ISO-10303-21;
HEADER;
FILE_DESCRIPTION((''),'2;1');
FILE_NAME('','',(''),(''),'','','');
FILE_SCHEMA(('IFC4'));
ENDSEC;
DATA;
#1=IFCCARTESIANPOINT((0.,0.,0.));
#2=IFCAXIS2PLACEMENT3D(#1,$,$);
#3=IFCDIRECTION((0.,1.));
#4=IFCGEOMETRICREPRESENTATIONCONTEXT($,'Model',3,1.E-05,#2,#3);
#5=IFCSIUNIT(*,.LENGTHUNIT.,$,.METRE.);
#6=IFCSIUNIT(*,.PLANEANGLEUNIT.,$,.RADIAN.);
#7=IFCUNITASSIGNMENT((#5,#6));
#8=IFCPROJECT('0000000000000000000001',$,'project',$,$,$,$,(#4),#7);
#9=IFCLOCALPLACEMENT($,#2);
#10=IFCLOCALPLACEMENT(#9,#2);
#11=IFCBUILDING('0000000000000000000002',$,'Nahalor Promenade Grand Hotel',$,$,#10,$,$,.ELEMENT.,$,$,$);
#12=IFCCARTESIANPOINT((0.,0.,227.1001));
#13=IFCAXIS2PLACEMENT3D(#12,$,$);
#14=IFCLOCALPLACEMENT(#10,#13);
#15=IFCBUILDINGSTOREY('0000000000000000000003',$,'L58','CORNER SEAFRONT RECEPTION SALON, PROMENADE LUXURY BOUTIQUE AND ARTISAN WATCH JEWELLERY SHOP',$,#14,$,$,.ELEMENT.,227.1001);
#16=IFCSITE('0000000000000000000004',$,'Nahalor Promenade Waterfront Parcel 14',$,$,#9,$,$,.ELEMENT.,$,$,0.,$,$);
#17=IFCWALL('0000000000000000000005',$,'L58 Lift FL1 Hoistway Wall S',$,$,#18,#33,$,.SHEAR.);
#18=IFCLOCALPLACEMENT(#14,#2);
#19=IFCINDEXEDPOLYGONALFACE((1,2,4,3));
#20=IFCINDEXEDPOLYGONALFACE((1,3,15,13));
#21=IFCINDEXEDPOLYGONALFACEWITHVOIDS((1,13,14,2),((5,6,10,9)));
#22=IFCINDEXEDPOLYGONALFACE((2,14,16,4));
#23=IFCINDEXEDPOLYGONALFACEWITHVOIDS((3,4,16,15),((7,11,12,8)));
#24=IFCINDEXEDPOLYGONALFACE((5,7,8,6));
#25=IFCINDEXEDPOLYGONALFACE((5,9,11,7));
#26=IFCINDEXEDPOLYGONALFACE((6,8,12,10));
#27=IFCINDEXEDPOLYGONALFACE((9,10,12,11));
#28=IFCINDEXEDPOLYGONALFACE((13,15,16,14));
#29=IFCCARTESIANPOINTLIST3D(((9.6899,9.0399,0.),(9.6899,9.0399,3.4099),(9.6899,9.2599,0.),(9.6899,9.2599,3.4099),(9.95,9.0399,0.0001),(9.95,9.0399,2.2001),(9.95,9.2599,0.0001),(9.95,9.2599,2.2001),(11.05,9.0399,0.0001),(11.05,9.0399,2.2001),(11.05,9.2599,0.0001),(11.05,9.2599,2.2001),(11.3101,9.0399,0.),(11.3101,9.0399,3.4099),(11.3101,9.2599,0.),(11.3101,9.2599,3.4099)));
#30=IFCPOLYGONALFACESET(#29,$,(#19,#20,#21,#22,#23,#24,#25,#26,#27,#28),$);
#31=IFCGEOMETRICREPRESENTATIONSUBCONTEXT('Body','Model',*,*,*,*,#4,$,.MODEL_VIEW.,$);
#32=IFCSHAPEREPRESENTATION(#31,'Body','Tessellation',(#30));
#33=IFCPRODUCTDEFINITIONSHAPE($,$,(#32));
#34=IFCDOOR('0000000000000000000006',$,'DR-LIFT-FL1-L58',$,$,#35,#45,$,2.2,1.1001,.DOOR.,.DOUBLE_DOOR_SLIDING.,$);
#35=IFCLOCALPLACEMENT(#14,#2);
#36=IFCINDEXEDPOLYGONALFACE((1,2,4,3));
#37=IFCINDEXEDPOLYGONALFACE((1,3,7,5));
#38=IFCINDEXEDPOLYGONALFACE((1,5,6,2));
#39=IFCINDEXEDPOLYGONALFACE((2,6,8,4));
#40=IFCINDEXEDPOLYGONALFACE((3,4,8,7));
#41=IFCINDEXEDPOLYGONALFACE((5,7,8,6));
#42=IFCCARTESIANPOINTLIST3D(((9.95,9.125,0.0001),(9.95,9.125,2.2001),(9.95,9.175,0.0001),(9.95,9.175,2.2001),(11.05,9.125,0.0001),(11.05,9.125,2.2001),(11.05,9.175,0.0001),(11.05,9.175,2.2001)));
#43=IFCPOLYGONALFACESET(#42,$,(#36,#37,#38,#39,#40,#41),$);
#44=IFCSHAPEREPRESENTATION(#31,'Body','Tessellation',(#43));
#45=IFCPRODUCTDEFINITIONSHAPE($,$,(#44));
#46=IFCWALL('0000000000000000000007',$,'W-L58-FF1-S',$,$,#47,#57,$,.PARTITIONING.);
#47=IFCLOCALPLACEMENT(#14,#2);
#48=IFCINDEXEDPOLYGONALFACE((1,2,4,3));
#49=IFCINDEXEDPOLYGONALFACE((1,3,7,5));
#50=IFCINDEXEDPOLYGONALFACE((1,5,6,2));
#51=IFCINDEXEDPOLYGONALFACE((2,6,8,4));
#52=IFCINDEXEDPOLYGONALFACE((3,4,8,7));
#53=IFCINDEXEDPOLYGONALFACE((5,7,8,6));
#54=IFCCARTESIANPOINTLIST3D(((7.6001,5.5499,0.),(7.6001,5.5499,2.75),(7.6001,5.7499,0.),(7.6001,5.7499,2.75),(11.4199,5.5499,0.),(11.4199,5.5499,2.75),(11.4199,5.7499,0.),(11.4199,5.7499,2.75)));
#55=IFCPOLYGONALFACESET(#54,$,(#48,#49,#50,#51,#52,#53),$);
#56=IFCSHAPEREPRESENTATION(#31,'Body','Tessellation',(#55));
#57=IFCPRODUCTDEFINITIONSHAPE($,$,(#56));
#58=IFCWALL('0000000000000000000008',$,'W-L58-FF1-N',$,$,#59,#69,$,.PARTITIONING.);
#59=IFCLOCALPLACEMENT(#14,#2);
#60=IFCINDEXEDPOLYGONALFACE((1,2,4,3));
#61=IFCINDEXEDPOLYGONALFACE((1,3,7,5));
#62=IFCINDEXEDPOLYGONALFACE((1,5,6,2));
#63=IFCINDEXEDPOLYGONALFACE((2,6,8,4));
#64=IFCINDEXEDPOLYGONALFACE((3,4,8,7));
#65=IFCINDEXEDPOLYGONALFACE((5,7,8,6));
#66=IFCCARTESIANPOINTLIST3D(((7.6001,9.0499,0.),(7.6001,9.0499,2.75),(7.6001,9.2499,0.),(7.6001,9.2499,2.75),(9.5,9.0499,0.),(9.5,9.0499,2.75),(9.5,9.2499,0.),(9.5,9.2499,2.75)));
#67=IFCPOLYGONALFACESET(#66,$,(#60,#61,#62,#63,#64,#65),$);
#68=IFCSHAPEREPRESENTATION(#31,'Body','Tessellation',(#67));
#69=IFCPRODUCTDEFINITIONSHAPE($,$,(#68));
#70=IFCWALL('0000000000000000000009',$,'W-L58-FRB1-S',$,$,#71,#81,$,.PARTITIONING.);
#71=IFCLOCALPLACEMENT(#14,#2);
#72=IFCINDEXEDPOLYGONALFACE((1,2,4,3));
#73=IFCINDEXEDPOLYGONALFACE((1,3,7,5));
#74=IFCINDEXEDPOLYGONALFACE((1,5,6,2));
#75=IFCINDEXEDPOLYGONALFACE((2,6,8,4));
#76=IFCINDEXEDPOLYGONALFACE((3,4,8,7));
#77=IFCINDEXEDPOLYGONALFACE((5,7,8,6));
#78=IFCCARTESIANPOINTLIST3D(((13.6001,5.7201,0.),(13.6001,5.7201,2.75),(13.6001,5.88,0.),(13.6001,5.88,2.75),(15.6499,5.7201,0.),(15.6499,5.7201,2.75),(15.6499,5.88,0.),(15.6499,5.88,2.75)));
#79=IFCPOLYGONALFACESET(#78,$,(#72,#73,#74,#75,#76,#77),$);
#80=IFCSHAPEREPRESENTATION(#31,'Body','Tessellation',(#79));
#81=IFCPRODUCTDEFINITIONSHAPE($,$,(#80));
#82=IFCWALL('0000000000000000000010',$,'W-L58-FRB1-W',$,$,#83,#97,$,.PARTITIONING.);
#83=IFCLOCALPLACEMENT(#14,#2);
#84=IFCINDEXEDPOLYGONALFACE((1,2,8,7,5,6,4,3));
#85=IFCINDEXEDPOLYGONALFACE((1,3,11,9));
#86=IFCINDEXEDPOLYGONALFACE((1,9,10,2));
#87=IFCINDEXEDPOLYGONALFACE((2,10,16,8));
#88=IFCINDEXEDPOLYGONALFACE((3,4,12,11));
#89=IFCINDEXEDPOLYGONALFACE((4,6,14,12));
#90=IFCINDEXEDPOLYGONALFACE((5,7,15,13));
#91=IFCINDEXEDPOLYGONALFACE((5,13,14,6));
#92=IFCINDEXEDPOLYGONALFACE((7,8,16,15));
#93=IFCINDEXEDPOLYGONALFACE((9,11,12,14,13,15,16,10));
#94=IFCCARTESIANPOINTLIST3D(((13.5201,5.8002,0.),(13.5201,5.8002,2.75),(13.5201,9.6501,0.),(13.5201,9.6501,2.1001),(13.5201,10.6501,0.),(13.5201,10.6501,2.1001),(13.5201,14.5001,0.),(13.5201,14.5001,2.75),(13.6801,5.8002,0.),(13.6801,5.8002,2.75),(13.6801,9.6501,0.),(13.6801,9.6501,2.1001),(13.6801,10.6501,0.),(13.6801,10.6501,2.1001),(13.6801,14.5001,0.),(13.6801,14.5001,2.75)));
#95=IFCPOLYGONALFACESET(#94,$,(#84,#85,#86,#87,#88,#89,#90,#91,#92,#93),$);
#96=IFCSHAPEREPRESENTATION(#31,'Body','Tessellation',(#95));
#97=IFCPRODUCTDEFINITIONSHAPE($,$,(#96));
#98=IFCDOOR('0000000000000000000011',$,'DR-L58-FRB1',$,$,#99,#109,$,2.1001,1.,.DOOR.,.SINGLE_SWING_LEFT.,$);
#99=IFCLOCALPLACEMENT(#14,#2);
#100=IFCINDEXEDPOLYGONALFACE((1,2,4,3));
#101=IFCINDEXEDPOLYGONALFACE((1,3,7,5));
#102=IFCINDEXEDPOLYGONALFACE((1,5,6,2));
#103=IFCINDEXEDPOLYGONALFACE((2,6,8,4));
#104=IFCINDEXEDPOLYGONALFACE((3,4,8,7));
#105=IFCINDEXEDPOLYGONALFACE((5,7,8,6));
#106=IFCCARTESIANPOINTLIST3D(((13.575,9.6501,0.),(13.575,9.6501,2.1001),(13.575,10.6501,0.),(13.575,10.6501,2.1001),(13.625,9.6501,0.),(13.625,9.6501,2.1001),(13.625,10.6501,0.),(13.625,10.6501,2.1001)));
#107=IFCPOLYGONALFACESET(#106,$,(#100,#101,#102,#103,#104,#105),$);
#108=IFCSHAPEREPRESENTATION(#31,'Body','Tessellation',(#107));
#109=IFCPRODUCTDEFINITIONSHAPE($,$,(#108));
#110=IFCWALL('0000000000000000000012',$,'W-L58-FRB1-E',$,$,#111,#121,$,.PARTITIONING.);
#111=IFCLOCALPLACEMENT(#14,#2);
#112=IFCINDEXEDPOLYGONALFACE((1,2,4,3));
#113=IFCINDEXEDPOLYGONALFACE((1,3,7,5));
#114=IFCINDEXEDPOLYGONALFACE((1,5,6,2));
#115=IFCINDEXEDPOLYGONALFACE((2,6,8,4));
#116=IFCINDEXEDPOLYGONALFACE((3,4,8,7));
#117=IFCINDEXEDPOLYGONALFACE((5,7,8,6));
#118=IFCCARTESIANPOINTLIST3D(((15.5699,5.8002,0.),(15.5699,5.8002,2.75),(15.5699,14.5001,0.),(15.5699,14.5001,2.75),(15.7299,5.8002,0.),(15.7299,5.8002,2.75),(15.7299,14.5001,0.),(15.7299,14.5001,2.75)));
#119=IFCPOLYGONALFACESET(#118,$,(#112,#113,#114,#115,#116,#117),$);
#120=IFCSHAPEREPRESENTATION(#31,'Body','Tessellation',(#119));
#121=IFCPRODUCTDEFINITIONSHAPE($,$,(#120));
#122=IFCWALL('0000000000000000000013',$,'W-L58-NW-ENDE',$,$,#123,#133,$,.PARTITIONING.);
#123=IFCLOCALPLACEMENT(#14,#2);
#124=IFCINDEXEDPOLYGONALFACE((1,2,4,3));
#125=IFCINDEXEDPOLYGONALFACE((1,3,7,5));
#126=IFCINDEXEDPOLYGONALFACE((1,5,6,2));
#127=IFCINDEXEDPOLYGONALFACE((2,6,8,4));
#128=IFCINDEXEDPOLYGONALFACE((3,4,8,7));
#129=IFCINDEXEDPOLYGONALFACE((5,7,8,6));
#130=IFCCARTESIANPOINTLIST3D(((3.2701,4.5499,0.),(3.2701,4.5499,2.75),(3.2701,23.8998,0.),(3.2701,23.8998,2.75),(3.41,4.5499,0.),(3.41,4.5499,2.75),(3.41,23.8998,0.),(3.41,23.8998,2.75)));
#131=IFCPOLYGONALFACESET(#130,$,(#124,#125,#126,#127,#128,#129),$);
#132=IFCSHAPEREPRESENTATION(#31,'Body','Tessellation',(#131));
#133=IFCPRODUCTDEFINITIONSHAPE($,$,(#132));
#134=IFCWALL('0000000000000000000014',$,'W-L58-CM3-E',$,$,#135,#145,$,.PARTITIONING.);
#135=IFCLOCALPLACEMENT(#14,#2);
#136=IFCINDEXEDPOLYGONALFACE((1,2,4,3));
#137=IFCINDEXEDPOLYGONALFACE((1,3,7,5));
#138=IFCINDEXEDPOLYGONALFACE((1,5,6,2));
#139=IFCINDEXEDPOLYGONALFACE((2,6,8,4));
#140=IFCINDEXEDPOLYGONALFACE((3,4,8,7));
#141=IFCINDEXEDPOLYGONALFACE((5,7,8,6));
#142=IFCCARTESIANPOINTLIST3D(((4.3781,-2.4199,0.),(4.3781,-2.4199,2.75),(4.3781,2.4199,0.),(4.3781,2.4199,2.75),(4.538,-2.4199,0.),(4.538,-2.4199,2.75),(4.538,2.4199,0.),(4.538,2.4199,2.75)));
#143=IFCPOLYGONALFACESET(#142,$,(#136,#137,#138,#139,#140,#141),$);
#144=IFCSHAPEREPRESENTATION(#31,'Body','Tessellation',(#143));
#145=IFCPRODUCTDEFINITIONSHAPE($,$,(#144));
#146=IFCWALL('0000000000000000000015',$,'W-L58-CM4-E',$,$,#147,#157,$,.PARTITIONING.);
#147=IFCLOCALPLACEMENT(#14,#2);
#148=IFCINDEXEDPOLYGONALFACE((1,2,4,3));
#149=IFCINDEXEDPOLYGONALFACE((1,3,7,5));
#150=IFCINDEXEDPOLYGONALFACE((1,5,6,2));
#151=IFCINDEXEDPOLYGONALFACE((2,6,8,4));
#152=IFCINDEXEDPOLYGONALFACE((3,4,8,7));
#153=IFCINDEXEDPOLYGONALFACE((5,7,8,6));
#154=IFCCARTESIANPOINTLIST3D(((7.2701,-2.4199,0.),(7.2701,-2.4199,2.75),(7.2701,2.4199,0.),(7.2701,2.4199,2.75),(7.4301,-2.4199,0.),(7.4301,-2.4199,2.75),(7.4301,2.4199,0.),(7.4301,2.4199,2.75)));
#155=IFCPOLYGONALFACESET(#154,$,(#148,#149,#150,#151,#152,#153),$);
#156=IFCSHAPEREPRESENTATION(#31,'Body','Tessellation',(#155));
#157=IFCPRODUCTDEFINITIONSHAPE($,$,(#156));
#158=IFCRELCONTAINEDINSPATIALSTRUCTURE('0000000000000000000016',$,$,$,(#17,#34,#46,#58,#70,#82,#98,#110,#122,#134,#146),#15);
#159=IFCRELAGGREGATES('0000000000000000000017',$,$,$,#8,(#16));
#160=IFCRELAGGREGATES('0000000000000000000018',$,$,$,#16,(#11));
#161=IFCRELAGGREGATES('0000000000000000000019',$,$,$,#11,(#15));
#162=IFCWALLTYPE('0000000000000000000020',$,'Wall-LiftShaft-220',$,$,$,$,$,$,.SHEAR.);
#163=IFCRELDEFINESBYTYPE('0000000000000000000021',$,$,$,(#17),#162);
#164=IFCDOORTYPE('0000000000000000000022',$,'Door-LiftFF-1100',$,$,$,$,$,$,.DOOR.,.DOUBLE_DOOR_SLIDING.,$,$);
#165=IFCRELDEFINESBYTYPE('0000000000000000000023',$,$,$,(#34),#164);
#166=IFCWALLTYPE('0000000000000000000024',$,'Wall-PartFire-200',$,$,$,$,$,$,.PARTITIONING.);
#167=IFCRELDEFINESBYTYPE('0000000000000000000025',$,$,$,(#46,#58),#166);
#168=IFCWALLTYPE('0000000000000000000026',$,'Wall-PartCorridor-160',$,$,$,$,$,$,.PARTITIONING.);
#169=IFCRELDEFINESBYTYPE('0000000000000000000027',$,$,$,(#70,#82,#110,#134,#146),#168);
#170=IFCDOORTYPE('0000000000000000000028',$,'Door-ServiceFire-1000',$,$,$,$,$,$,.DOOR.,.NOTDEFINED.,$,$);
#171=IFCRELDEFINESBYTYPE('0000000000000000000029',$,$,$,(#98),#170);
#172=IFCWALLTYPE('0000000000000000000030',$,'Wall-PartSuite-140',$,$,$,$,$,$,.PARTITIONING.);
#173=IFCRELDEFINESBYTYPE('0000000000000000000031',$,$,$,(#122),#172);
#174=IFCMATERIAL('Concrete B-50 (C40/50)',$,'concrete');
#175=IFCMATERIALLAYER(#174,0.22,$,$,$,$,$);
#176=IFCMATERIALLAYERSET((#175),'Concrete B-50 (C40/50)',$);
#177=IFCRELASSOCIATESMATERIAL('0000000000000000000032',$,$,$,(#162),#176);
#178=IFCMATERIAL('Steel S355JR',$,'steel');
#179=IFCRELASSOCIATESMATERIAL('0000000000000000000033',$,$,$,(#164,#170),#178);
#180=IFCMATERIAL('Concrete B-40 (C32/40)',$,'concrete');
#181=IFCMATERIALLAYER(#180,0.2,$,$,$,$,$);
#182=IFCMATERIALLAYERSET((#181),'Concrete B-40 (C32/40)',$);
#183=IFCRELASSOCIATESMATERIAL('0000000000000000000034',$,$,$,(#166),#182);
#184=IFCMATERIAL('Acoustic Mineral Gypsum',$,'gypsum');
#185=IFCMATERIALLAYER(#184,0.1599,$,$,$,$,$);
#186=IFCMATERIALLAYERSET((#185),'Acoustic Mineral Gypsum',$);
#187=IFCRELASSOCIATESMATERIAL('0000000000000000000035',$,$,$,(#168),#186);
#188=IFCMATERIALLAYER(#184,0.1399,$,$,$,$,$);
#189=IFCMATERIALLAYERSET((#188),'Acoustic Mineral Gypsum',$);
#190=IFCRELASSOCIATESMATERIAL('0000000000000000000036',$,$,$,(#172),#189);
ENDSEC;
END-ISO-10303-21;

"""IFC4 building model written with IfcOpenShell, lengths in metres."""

from ifc_helpers import new_model, si_unit, direction, frame, frame_2d, origin, place, context, subcontext, project, spatial, rectangle, extrude, source, transform, mapped, material, layer, layer_set, type_object, element, fill, save


model = new_model("IFC4")

# Units and contexts
model_context = context("Model", 3, precision=1e-05, world=origin(), true_north=direction((0.0, 1.0)))
body_context = subcontext(model_context, "Body", "Model", "MODEL_VIEW")
ifc_project = project(units=[si_unit("LENGTHUNIT", "METRE"), si_unit("PLANEANGLEUNIT", "RADIAN")], contexts=[model_context])

# Site, building, storey
site_placement = place(None, origin())
site = spatial("IfcSite", under=ifc_project, at=site_placement, Name="Nahalor Promenade Waterfront Parcel 14", CompositionType="ELEMENT", RefElevation=0.0)
building_placement = place(site_placement, origin())
building = spatial("IfcBuilding", under=site, at=building_placement, Name="Nahalor Promenade Grand Hotel", CompositionType="ELEMENT")
storey_placement = place(building_placement, frame((0.0, 0.0, 227.1001)))
storey = spatial("IfcBuildingStorey", under=building, at=storey_placement, Name="L58", Description="CORNER SEAFRONT RECEPTION SALON, PROMENADE LUXURY BOUTIQUE AND ARTISAN WATCH JEWELLERY SHOP", CompositionType="ELEMENT", Elevation=227.1001)

# Shared definitions
ifc_material_1 = material(Name="Steel S355JR", Category="steel")

# Shared definitions
ifc_material_2 = material(Name="Concrete B-50 (C40/50)", Category="concrete")

# Shared definitions
ifc_layer_1 = layer(ifc_material_2, 0.22)
ifc_layer_set_1 = layer_set([ifc_layer_1], Name="Concrete B-50 (C40/50)")
wall_type_1 = type_object("IfcWallType", Name="Wall-LiftShaft-220", PredefinedType="SHEAR", material=ifc_layer_set_1)

# Wall, opening, door
shared_shape_1 = source(origin(), body_context, "Body", "SweptSolid", [
    extrude(rectangle(XDim=1.6201, YDim=0.22, at=frame_2d((0.8101, 0.0))), origin(), (0.0, 0.0, 1.0), 3.4099),
])
wall_1_placement = place(storey_placement, frame((9.6899, 9.1499, 0.0), z_axis=(0.0, 0.0, 1.0), x_axis=(1.0, 0.0, 0.0)))
wall_1 = element("IfcWall", 1, at=wall_1_placement, inside=storey, type_object=wall_type_1, Name="L58 Lift FL1 Hoistway Wall S", PredefinedType="SHEAR", context=body_context, shape_type="MappedRepresentation", body=[
    mapped(shared_shape_1, transform((0.0, 0.0, 0.0), scale=1.0)),
])
opening_1_placement = place(wall_1_placement, frame((0.26, 0.0, 0.0)))
opening_1 = element("IfcOpeningElement", 2, at=opening_1_placement, cuts=wall_1, PredefinedType="OPENING", context=body_context, shape_type="SweptSolid", body=[
    extrude(rectangle(XDim=1.1001, YDim=2.2, at=frame_2d((0.55, 1.1001))), frame((0.0, 0.1199, 0.0), z_axis=(0.0, -1.0, 0.0), x_axis=(1.0, 0.0, 0.0)), (0.0, 0.0, 1.0), 0.24),
])
door_type_1 = type_object("IfcDoorType", Name="Door-LiftFF-1100", OperationType="DOUBLE_DOOR_SLIDING", PredefinedType="DOOR", material=ifc_material_1)
shared_shape_2 = source(origin(), body_context, "Body", "SweptSolid", [
    extrude(rectangle(XDim=1.1001, YDim=2.2, at=frame_2d((0.55, 1.1001))), frame((0.0, 0.0249, 0.0), z_axis=(0.0, -1.0, 0.0), x_axis=(1.0, 0.0, 0.0)), (0.0, 0.0, 1.0), 0.05),
])
door_1_placement = place(opening_1_placement, frame((1.1001, 0.0, 0.0), z_axis=(0.0, 0.0, 1.0), x_axis=(-1.0, 0.0, 0.0)))
door_1 = element("IfcDoor", 3, at=door_1_placement, inside=storey, type_object=door_type_1, Name="DR-LIFT-FL1-L58", OperationType="DOUBLE_DOOR_SLIDING", OverallHeight=2.2, OverallWidth=1.1001, PredefinedType="DOOR", context=body_context, shape_type="MappedRepresentation", body=[
    mapped(shared_shape_2, transform((0.0, 0.0, 0.0), scale=1.0)),
])
fill(opening_1, door_1)

# Walls
ifc_material_3 = material(Name="Concrete B-40 (C32/40)", Category="concrete")
ifc_layer_2 = layer(ifc_material_3, 0.2)
ifc_layer_set_2 = layer_set([ifc_layer_2], Name="Concrete B-40 (C32/40)")
wall_type_2 = type_object("IfcWallType", Name="Wall-PartFire-200", PredefinedType="PARTITIONING", material=ifc_layer_set_2)
shared_shape_3 = source(origin(), body_context, "Body", "SweptSolid", [
    extrude(rectangle(XDim=3.8198, YDim=0.2, at=frame_2d((1.9099, 0.0))), origin(), (0.0, 0.0, 1.0), 2.75),
])
wall_2_placement = place(storey_placement, frame((7.6001, 5.6499, 0.0), z_axis=(0.0, 0.0, 1.0), x_axis=(1.0, 0.0, 0.0)))
element("IfcWall", 4, at=wall_2_placement, inside=storey, type_object=wall_type_2, Name="W-L58-FF1-S", PredefinedType="PARTITIONING", context=body_context, shape_type="MappedRepresentation", body=[
    mapped(shared_shape_3, transform((0.0, 0.0, 0.0), scale=1.0)),
])
shared_shape_4 = source(origin(), body_context, "Body", "SweptSolid", [
    extrude(rectangle(XDim=1.8999, YDim=0.2, at=frame_2d((0.95, 0.0))), origin(), (0.0, 0.0, 1.0), 2.75),
])
wall_3_placement = place(storey_placement, frame((7.6001, 9.1499, 0.0), z_axis=(0.0, 0.0, 1.0), x_axis=(1.0, 0.0, 0.0)))
element("IfcWall", 5, at=wall_3_placement, inside=storey, type_object=wall_type_2, Name="W-L58-FF1-N", PredefinedType="PARTITIONING", context=body_context, shape_type="MappedRepresentation", body=[
    mapped(shared_shape_4, transform((0.0, 0.0, 0.0), scale=1.0)),
])

# Wall
ifc_material_4 = material(Name="Acoustic Mineral Gypsum", Category="gypsum")
ifc_layer_3 = layer(ifc_material_4, 0.1599)
ifc_layer_set_3 = layer_set([ifc_layer_3], Name="Acoustic Mineral Gypsum")
wall_type_3 = type_object("IfcWallType", Name="Wall-PartCorridor-160", PredefinedType="PARTITIONING", material=ifc_layer_set_3)
shared_shape_5 = source(origin(), body_context, "Body", "SweptSolid", [
    extrude(rectangle(XDim=2.0498, YDim=0.1599, at=frame_2d((1.0249, 0.0))), origin(), (0.0, 0.0, 1.0), 2.75),
])
wall_4_placement = place(storey_placement, frame((13.6001, 5.8, 0.0), z_axis=(0.0, 0.0, 1.0), x_axis=(1.0, 0.0, 0.0)))
element("IfcWall", 6, at=wall_4_placement, inside=storey, type_object=wall_type_3, Name="W-L58-FRB1-S", PredefinedType="PARTITIONING", context=body_context, shape_type="MappedRepresentation", body=[
    mapped(shared_shape_5, transform((0.0, 0.0, 0.0), scale=1.0)),
])

# Wall, opening, door
shared_shape_6 = source(origin(), body_context, "Body", "SweptSolid", [
    extrude(rectangle(XDim=8.7, YDim=0.1599, at=frame_2d((4.3501, 0.0))), origin(), (0.0, 0.0, 1.0), 2.75),
])
wall_5_placement = place(storey_placement, frame((13.6001, 5.8, 0.0), z_axis=(0.0, 0.0, 1.0), x_axis=(0.0, 1.0, 0.0)))
wall_5 = element("IfcWall", 7, at=wall_5_placement, inside=storey, type_object=wall_type_3, Name="W-L58-FRB1-W", PredefinedType="PARTITIONING", context=body_context, shape_type="MappedRepresentation", body=[
    mapped(shared_shape_6, transform((0.0, 0.0, 0.0), scale=1.0)),
])
opening_2_placement = place(wall_5_placement, frame((3.8501, 0.0, 0.0)))
opening_2 = element("IfcOpeningElement", 8, at=opening_2_placement, cuts=wall_5, PredefinedType="OPENING", context=body_context, shape_type="SweptSolid", body=[
    extrude(rectangle(XDim=1.0, YDim=2.1001, at=frame_2d((0.5, 1.05))), frame((0.0, 0.0898, 0.0), z_axis=(0.0, -1.0, 0.0), x_axis=(1.0, 0.0, 0.0)), (0.0, 0.0, 1.0), 0.1799),
])
door_type_2 = type_object("IfcDoorType", Name="Door-ServiceFire-1000", OperationType="NOTDEFINED", PredefinedType="DOOR", material=ifc_material_1)
shared_shape_7 = source(origin(), body_context, "Body", "SweptSolid", [
    extrude(rectangle(XDim=1.0, YDim=2.1001, at=frame_2d((0.5, 1.05))), frame((0.0, 0.0249, 0.0), z_axis=(0.0, -1.0, 0.0), x_axis=(1.0, 0.0, 0.0)), (0.0, 0.0, 1.0), 0.05),
])
door_2_placement = place(opening_2_placement, frame((1.0, 0.0, 0.0), z_axis=(0.0, 0.0, 1.0), x_axis=(-1.0, 0.0, 0.0)))
door_2 = element("IfcDoor", 9, at=door_2_placement, inside=storey, type_object=door_type_2, Name="DR-L58-FRB1", OperationType="SINGLE_SWING_LEFT", OverallHeight=2.1001, OverallWidth=1.0, PredefinedType="DOOR", context=body_context, shape_type="MappedRepresentation", body=[
    mapped(shared_shape_7, transform((0.0, 0.0, 0.0), scale=1.0)),
])
fill(opening_2, door_2)

# Walls
wall_6_placement = place(storey_placement, frame((15.6499, 5.8, 0.0), z_axis=(0.0, 0.0, 1.0), x_axis=(0.0, 1.0, 0.0)))
element("IfcWall", 10, at=wall_6_placement, inside=storey, type_object=wall_type_3, Name="W-L58-FRB1-E", PredefinedType="PARTITIONING", context=body_context, shape_type="MappedRepresentation", body=[
    mapped(shared_shape_6, transform((0.0, 0.0, 0.0), scale=1.0)),
])
ifc_layer_4 = layer(ifc_material_4, 0.1399)
ifc_layer_set_4 = layer_set([ifc_layer_4], Name="Acoustic Mineral Gypsum")
wall_type_4 = type_object("IfcWallType", Name="Wall-PartSuite-140", PredefinedType="PARTITIONING", material=ifc_layer_set_4)
shared_shape_8 = source(origin(), body_context, "Body", "SweptSolid", [
    extrude(rectangle(XDim=19.3499, YDim=0.1399, at=frame_2d((9.6748, 0.0))), origin(), (0.0, 0.0, 1.0), 2.75),
])
wall_7_placement = place(storey_placement, frame((3.3401, 4.55, 0.0), z_axis=(0.0, 0.0, 1.0), x_axis=(0.0, 1.0, 0.0)))
element("IfcWall", 11, at=wall_7_placement, inside=storey, type_object=wall_type_4, Name="W-L58-NW-ENDE", PredefinedType="PARTITIONING", context=body_context, shape_type="MappedRepresentation", body=[
    mapped(shared_shape_8, transform((0.0, 0.0, 0.0), scale=1.0)),
])
shared_shape_9 = source(origin(), body_context, "Body", "SweptSolid", [
    extrude(rectangle(XDim=4.8398, YDim=0.1599, at=frame_2d((2.4199, 0.0))), origin(), (0.0, 0.0, 1.0), 2.75),
])
for number, where, z_axis, x_axis, name in (
    (12, (4.458, -2.4199, 0.0), (0.0, 0.0, 1.0), (0.0, 1.0, 0.0), "W-L58-CM3-E"),
    (13, (7.3501, -2.4199, 0.0), (0.0, 0.0, 1.0), (0.0, 1.0, 0.0), "W-L58-CM4-E"),
):
    element("IfcWall", number, at=place(storey_placement, frame(where, z_axis=z_axis, x_axis=x_axis)), inside=storey, type_object=wall_type_3, Name=name, PredefinedType="PARTITIONING", context=body_context, shape_type="MappedRepresentation", body=[
        mapped(shared_shape_9, transform((0.0, 0.0, 0.0), scale=1.0)),
    ])

save(model, "model.ifc")
